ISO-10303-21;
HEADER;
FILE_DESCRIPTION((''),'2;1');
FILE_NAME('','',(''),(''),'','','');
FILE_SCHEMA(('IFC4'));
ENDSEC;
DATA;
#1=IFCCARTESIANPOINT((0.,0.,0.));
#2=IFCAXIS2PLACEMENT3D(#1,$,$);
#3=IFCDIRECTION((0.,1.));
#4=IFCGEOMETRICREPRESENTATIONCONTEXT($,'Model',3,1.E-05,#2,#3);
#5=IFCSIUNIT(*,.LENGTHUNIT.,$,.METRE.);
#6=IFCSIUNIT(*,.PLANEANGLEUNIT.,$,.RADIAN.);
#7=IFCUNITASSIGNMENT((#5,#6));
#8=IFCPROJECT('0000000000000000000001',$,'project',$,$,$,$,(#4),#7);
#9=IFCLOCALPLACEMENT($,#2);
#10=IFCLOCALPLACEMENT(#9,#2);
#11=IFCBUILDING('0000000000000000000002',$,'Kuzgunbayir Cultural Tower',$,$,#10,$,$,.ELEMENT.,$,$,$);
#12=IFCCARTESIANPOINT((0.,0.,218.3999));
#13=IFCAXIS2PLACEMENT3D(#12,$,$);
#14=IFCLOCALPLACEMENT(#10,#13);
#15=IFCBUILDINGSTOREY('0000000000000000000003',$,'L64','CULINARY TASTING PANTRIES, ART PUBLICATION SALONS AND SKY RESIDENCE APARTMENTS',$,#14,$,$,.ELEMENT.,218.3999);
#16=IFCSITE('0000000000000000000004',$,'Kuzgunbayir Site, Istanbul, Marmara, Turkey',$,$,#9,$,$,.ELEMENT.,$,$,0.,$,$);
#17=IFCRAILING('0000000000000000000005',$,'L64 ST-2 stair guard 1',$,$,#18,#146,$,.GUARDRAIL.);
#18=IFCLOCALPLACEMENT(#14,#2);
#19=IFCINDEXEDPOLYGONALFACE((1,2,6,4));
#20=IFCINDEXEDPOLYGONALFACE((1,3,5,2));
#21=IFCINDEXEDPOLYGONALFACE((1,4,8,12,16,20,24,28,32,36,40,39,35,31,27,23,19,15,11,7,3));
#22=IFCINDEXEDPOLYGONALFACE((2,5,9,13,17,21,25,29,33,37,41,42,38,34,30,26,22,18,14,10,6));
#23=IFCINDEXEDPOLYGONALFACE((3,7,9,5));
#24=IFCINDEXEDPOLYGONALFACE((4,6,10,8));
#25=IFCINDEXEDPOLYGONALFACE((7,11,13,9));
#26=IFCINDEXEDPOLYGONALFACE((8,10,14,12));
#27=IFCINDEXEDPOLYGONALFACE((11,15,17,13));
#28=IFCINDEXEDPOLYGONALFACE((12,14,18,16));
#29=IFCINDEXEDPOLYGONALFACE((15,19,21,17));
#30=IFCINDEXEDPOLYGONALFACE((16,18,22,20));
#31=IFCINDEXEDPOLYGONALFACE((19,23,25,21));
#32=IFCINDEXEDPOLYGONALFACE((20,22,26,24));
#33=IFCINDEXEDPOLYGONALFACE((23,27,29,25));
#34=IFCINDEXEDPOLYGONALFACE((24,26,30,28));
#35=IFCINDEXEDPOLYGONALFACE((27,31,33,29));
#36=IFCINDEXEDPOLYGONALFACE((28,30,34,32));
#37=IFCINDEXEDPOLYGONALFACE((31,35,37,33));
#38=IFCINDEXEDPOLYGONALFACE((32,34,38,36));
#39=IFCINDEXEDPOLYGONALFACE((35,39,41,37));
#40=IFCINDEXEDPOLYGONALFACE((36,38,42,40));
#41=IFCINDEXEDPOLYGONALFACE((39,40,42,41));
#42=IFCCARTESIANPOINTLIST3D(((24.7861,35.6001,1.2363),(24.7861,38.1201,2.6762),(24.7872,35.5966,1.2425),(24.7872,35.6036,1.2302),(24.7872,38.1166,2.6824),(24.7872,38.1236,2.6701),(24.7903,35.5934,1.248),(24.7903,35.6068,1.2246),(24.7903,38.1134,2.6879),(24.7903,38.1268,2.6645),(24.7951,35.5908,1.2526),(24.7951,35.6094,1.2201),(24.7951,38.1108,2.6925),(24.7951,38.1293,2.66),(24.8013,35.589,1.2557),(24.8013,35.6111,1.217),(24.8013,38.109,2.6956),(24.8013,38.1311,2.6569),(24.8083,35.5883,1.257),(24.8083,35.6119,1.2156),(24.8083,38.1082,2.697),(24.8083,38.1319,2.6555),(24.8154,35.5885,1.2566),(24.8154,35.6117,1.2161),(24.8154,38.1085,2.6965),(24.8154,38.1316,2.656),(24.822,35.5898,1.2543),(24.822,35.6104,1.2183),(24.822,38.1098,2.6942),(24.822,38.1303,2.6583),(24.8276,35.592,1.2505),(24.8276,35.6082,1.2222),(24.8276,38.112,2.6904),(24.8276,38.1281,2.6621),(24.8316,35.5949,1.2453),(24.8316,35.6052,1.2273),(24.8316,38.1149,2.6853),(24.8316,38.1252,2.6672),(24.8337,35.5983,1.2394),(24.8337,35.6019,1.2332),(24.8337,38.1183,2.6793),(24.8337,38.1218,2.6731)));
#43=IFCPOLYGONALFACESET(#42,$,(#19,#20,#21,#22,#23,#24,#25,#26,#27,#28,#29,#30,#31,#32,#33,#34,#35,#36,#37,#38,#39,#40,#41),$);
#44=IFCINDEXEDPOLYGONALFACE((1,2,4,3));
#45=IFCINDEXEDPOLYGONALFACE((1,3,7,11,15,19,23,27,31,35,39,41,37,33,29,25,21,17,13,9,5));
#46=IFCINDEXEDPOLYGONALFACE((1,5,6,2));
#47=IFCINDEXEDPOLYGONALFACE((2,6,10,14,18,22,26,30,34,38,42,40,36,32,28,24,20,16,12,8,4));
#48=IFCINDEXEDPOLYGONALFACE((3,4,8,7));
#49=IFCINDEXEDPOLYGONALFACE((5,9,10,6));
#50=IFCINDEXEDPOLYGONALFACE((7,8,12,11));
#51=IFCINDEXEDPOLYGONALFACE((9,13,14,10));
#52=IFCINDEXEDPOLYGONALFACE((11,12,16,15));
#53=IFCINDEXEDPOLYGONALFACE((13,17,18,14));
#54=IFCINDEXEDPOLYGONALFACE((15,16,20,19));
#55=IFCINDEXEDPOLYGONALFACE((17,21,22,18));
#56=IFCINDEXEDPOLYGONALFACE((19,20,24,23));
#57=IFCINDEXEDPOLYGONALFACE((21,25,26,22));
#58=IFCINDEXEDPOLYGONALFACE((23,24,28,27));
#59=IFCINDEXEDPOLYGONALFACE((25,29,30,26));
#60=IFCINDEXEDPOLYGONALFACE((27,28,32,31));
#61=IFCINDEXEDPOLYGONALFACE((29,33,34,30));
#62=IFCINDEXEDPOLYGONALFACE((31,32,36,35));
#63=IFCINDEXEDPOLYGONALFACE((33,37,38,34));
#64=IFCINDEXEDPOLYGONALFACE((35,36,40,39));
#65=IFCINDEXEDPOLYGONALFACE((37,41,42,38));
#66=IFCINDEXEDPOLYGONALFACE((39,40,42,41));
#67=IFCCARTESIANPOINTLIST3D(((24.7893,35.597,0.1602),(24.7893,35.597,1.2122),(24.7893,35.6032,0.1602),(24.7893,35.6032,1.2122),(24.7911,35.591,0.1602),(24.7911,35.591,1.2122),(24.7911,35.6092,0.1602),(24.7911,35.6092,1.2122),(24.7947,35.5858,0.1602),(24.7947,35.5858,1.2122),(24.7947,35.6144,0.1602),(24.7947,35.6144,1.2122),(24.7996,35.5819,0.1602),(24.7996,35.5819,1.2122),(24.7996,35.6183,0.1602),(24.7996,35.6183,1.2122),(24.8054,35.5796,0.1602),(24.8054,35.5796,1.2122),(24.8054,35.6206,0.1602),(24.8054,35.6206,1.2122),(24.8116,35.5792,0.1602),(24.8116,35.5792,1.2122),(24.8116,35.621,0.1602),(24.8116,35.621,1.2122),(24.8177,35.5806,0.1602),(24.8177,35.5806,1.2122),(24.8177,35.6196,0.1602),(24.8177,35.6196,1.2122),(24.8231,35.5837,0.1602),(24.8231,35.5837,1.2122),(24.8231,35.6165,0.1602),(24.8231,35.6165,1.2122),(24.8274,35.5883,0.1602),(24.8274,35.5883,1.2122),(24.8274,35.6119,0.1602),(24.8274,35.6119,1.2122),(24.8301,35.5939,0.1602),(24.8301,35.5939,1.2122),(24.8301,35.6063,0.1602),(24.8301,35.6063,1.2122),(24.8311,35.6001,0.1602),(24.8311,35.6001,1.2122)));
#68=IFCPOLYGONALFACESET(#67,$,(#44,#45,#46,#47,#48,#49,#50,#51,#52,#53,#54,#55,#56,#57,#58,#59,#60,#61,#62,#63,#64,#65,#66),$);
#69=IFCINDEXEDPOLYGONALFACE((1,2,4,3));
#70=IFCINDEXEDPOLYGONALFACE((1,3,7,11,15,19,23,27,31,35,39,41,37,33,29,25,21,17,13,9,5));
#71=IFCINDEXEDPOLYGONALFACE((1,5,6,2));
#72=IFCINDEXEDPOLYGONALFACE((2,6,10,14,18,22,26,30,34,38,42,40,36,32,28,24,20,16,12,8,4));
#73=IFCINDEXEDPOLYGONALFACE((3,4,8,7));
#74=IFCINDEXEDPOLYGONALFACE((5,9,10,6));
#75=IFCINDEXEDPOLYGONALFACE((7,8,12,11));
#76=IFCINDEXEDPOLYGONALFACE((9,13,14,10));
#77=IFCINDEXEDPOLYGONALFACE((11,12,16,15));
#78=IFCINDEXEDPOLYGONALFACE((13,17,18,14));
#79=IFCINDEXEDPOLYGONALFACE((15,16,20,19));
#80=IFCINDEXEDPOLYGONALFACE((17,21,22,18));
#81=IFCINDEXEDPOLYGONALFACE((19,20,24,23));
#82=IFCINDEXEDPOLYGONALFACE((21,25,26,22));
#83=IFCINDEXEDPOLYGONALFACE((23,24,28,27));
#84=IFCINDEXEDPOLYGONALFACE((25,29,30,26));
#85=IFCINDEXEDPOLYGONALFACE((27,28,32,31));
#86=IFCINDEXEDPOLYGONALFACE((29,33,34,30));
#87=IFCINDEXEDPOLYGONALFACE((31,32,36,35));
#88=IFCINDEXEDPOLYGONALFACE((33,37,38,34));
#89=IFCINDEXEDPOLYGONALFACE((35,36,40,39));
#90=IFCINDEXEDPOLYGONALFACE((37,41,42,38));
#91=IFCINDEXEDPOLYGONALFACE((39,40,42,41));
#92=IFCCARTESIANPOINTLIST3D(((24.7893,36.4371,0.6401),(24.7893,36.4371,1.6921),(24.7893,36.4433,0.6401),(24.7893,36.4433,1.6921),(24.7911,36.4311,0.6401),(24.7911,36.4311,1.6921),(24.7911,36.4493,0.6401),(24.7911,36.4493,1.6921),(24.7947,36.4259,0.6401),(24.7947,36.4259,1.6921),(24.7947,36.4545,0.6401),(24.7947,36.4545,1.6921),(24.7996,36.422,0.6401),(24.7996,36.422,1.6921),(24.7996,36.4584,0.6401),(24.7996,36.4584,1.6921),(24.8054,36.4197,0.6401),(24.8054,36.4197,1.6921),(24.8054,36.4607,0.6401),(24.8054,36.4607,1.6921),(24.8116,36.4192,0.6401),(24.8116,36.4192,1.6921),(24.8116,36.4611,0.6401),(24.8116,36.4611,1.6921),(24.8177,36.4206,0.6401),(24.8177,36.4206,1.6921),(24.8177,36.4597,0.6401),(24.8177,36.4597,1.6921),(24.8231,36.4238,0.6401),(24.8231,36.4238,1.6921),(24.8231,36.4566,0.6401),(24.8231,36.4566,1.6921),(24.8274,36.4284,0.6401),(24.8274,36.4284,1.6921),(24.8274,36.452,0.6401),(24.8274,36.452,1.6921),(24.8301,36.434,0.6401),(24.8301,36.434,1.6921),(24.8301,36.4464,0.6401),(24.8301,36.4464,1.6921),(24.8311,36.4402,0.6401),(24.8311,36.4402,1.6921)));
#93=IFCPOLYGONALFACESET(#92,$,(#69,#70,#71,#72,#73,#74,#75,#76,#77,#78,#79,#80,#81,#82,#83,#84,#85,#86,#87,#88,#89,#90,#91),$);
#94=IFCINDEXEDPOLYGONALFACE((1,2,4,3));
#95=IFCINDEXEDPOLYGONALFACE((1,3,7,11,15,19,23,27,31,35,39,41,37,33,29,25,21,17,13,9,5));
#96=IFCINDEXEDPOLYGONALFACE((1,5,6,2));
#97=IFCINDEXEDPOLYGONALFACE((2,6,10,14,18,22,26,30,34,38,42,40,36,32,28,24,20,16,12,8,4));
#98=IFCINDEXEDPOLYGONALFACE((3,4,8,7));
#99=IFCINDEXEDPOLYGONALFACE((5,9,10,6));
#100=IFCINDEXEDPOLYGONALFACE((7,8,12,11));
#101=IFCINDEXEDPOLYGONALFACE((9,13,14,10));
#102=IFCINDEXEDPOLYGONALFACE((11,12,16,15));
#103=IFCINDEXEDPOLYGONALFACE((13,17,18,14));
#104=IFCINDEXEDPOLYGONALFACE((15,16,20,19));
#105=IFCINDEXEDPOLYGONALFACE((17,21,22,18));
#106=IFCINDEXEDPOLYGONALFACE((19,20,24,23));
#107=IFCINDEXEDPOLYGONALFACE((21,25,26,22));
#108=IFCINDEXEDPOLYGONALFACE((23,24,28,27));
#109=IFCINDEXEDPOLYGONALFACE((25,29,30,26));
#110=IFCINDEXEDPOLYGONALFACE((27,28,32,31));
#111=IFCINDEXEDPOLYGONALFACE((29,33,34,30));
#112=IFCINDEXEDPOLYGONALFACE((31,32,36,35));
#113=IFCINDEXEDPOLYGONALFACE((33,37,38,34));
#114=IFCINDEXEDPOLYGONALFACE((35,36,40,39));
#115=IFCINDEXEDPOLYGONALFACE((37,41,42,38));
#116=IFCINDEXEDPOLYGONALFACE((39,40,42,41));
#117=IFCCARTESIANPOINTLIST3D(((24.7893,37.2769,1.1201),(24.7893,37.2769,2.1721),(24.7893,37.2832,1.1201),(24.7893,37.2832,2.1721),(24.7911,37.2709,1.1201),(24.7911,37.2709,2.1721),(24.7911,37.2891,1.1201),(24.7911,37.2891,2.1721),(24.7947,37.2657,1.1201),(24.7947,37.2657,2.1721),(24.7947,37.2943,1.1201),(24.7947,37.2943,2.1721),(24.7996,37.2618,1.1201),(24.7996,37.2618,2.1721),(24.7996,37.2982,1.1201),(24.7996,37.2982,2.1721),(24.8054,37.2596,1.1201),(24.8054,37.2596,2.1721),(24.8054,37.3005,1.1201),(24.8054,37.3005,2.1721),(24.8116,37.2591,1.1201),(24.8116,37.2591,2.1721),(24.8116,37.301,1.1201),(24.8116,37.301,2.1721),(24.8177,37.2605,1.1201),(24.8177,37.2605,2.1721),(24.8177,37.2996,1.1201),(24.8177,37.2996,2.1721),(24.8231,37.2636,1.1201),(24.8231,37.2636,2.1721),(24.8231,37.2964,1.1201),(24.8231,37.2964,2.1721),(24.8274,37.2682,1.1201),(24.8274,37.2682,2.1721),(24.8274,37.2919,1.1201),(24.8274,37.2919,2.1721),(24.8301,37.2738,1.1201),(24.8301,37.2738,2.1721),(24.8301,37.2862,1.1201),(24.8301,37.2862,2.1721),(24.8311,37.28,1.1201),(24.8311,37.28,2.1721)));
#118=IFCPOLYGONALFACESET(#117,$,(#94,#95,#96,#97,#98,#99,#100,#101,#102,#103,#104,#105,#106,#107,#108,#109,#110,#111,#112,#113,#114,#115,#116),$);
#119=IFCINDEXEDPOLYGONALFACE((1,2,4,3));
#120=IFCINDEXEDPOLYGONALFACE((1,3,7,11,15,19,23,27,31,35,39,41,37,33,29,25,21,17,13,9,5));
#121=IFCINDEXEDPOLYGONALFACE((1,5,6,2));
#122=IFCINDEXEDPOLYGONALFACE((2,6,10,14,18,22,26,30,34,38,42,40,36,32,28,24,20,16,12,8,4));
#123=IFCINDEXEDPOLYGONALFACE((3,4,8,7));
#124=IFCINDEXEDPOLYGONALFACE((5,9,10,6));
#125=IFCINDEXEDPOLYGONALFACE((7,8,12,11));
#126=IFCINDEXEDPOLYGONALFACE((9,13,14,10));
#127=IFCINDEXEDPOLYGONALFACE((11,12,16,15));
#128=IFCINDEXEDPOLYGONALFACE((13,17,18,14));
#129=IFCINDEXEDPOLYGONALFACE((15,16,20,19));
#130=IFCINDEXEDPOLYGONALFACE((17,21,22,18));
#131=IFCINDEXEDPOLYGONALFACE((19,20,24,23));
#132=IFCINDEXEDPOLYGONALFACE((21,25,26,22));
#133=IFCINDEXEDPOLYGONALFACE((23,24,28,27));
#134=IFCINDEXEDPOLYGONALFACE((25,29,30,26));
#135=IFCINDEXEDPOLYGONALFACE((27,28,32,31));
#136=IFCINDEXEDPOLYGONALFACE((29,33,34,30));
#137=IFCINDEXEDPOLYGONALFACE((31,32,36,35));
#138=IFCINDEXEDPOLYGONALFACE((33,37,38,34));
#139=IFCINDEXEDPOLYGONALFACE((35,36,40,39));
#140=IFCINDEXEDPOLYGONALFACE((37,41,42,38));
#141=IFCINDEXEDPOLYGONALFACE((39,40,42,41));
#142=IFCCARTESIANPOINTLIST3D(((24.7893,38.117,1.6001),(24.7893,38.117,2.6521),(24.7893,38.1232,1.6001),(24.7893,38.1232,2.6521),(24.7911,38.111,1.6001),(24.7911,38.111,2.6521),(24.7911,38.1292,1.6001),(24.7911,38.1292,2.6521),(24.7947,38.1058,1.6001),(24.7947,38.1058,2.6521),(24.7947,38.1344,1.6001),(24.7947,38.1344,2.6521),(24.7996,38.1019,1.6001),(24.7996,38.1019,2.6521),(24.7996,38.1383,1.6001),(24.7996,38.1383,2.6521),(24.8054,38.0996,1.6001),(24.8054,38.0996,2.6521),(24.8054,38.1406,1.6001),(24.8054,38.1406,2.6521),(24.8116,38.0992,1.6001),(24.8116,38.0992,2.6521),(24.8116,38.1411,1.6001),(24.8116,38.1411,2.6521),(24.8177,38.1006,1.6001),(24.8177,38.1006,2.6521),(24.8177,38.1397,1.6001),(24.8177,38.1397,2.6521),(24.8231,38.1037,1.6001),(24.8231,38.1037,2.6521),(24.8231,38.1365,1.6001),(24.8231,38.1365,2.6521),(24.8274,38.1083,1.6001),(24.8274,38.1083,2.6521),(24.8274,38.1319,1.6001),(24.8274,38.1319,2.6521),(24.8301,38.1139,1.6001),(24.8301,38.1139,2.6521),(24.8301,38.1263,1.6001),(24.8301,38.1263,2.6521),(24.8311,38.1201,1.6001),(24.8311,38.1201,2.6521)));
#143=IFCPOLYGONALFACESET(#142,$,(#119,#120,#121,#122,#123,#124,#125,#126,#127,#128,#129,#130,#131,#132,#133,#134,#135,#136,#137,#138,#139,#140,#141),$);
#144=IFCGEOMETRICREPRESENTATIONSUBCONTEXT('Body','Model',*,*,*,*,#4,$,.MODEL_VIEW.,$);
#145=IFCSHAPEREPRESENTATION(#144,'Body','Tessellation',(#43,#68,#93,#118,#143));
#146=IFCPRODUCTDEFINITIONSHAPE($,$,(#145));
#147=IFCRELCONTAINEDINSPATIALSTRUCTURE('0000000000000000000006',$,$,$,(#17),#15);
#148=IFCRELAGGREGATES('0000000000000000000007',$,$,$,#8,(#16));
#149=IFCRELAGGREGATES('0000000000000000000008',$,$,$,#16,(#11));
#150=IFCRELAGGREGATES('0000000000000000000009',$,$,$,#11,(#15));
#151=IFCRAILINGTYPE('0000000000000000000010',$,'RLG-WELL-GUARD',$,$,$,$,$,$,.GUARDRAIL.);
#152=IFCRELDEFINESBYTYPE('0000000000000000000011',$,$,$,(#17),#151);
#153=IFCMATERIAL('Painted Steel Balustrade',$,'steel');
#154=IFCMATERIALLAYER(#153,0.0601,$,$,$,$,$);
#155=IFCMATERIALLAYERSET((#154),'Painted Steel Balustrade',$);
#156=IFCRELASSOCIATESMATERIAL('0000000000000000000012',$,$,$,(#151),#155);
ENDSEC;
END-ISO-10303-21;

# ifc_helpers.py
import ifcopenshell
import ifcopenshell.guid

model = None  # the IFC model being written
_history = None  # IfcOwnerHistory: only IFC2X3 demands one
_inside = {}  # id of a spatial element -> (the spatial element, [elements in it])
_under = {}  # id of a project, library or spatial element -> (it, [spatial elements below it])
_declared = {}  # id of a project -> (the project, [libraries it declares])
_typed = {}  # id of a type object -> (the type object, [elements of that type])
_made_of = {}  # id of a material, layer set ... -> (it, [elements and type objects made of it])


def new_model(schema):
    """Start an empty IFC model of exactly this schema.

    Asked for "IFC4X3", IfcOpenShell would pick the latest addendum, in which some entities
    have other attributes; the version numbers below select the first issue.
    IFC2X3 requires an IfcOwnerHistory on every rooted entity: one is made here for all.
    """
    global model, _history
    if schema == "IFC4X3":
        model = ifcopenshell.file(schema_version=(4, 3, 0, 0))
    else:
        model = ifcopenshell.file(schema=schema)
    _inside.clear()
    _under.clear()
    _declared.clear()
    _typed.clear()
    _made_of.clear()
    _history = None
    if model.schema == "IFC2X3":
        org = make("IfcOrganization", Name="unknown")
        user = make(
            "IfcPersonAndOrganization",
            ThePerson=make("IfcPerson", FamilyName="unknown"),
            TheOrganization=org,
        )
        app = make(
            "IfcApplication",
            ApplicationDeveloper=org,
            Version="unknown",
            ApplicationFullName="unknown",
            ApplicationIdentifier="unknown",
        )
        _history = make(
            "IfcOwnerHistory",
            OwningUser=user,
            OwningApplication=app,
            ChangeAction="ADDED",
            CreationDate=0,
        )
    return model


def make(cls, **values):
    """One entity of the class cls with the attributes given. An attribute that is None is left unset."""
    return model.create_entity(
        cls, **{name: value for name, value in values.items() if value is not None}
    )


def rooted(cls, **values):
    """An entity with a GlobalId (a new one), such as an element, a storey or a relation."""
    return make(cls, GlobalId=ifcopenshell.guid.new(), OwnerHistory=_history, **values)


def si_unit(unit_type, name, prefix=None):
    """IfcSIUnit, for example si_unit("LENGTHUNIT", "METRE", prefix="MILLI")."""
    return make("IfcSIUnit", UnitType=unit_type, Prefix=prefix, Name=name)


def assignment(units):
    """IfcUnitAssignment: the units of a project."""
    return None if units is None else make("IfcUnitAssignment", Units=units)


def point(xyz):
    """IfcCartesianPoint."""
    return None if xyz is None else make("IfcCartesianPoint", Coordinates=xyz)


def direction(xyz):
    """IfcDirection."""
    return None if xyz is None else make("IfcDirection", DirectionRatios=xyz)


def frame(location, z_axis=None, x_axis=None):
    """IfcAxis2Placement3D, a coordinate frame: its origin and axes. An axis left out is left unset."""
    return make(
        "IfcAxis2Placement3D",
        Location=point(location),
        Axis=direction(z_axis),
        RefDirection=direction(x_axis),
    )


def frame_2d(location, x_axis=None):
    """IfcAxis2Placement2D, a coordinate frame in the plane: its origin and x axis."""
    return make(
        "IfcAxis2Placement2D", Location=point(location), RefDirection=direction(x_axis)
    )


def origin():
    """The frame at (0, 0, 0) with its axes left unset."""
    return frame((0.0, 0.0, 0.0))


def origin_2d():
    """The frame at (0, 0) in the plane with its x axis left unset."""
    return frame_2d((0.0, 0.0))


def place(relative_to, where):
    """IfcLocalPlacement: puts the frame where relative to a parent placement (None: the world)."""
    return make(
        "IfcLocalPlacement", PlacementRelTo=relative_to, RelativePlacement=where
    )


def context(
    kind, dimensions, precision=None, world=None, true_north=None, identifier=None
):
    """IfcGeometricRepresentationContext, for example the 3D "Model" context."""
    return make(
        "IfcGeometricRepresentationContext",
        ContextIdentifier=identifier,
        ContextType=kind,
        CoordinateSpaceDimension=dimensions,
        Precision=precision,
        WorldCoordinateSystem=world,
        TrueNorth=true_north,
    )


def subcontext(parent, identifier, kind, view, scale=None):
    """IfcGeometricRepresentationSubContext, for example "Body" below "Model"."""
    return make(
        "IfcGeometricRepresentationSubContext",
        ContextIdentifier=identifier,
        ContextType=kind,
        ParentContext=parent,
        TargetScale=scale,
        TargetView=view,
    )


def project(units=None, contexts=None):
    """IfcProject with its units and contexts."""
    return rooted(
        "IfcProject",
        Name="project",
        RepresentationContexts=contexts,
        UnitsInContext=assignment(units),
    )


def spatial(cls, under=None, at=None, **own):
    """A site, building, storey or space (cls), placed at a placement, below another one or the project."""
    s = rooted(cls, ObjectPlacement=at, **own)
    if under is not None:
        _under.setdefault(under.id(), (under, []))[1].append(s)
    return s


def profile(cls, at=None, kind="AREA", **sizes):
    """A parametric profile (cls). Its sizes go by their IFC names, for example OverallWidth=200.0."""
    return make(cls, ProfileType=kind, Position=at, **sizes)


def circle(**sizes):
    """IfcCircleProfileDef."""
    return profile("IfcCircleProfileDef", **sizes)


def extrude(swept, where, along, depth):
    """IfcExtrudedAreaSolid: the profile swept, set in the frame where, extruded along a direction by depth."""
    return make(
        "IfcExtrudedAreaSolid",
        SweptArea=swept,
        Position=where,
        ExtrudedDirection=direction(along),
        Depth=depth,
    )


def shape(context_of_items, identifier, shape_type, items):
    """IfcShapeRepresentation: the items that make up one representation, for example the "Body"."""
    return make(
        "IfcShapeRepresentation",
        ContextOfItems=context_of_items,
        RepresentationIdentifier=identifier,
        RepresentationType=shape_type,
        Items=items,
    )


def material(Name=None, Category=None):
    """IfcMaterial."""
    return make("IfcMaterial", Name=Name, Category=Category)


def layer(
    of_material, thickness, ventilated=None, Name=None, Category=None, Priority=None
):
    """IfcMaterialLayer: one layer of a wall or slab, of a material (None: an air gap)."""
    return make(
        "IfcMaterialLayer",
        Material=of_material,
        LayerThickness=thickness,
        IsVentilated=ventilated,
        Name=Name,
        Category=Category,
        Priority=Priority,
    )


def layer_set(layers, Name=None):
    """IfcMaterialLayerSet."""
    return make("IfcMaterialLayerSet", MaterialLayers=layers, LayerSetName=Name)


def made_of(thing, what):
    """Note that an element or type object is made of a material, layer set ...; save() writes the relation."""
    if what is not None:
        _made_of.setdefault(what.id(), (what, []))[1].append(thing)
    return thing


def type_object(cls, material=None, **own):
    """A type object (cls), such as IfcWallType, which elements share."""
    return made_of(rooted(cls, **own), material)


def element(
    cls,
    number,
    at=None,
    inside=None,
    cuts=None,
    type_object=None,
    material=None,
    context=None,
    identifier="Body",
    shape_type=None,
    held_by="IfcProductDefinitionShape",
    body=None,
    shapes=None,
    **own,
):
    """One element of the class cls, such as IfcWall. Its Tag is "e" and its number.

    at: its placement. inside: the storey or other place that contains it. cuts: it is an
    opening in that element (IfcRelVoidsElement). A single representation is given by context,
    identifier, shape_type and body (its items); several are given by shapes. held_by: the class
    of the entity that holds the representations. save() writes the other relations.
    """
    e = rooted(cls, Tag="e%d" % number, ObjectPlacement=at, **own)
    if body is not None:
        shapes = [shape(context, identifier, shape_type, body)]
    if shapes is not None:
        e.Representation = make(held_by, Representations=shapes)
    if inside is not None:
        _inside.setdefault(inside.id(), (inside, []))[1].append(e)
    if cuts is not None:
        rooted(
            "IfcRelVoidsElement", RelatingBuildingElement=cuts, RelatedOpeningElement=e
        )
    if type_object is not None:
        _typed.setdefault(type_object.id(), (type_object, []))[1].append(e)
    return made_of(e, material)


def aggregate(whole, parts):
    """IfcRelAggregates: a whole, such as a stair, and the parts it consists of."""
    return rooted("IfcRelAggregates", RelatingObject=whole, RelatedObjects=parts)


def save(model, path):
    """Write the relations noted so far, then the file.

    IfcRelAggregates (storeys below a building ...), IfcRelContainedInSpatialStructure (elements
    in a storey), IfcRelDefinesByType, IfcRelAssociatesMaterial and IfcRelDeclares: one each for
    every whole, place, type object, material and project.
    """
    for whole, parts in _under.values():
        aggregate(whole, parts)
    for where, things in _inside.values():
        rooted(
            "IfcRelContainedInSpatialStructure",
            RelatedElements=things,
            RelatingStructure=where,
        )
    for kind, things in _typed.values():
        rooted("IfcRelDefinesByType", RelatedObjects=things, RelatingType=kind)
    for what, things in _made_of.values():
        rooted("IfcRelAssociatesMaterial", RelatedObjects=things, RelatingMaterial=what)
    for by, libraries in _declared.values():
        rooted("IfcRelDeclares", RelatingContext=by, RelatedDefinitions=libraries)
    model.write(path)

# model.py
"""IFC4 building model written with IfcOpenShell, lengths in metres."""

from ifc_helpers import new_model, si_unit, direction, frame, origin, origin_2d, place, context, subcontext, project, spatial, circle, extrude, material, layer, layer_set, type_object, element, save


model = new_model("IFC4")

# Units and contexts
model_context = context("Model", 3, precision=1e-05, world=origin(), true_north=direction((0.0, 1.0)))
body_context = subcontext(model_context, "Body", "Model", "MODEL_VIEW")
ifc_project = project(units=[si_unit("LENGTHUNIT", "METRE"), si_unit("PLANEANGLEUNIT", "RADIAN")], contexts=[model_context])

# Site, building, storey
site_placement = place(None, origin())
site = spatial("IfcSite", under=ifc_project, at=site_placement, Name="Kuzgunbayir Site, Istanbul, Marmara, Turkey", CompositionType="ELEMENT", RefElevation=0.0)
building_placement = place(site_placement, origin())
building = spatial("IfcBuilding", under=site, at=building_placement, Name="Kuzgunbayir Cultural Tower", CompositionType="ELEMENT")
storey_placement = place(building_placement, frame((0.0, 0.0, 218.3999)))
storey = spatial("IfcBuildingStorey", under=building, at=storey_placement, Name="L64", Description="CULINARY TASTING PANTRIES, ART PUBLICATION SALONS AND SKY RESIDENCE APARTMENTS", CompositionType="ELEMENT", Elevation=218.3999)

# Railing
ifc_material_1 = material(Name="Painted Steel Balustrade", Category="steel")
ifc_layer_1 = layer(ifc_material_1, 0.0601)
ifc_layer_set_1 = layer_set([ifc_layer_1], Name="Painted Steel Balustrade")
railing_type_1 = type_object("IfcRailingType", Name="RLG-WELL-GUARD", PredefinedType="GUARDRAIL", material=ifc_layer_set_1)
railing_1_placement = place(storey_placement, frame((24.8101, 35.6001, 0.1602)))
element("IfcRailing", 1, at=railing_1_placement, inside=storey, type_object=railing_type_1, Name="L64 ST-2 stair guard 1", PredefinedType="GUARDRAIL", context=body_context, shape_type="SweptSolid", body=[
    extrude(circle(Radius=0.0239, at=origin_2d()), frame((0.0, 0.0, 1.0762), z_axis=(0.0, 0.868253, 0.496121), x_axis=(-1.0, 0.0, 0.0)), (0.0, 0.0, 1.0), 2.9023),
    extrude(circle(Radius=0.021, at=origin_2d()), origin(), (0.0, 0.0, 1.0), 1.052),
    extrude(circle(Radius=0.021, at=origin_2d()), frame((0.0, 0.8401, 0.48)), (0.0, 0.0, 1.0), 1.052),
    extrude(circle(Radius=0.021, at=origin_2d()), frame((0.0, 1.6799, 0.96)), (0.0, 0.0, 1.0), 1.052),
    extrude(circle(Radius=0.021, at=origin_2d()), frame((0.0, 2.52, 1.4399)), (0.0, 0.0, 1.0), 1.052),
])

save(model, "model.ifc")
